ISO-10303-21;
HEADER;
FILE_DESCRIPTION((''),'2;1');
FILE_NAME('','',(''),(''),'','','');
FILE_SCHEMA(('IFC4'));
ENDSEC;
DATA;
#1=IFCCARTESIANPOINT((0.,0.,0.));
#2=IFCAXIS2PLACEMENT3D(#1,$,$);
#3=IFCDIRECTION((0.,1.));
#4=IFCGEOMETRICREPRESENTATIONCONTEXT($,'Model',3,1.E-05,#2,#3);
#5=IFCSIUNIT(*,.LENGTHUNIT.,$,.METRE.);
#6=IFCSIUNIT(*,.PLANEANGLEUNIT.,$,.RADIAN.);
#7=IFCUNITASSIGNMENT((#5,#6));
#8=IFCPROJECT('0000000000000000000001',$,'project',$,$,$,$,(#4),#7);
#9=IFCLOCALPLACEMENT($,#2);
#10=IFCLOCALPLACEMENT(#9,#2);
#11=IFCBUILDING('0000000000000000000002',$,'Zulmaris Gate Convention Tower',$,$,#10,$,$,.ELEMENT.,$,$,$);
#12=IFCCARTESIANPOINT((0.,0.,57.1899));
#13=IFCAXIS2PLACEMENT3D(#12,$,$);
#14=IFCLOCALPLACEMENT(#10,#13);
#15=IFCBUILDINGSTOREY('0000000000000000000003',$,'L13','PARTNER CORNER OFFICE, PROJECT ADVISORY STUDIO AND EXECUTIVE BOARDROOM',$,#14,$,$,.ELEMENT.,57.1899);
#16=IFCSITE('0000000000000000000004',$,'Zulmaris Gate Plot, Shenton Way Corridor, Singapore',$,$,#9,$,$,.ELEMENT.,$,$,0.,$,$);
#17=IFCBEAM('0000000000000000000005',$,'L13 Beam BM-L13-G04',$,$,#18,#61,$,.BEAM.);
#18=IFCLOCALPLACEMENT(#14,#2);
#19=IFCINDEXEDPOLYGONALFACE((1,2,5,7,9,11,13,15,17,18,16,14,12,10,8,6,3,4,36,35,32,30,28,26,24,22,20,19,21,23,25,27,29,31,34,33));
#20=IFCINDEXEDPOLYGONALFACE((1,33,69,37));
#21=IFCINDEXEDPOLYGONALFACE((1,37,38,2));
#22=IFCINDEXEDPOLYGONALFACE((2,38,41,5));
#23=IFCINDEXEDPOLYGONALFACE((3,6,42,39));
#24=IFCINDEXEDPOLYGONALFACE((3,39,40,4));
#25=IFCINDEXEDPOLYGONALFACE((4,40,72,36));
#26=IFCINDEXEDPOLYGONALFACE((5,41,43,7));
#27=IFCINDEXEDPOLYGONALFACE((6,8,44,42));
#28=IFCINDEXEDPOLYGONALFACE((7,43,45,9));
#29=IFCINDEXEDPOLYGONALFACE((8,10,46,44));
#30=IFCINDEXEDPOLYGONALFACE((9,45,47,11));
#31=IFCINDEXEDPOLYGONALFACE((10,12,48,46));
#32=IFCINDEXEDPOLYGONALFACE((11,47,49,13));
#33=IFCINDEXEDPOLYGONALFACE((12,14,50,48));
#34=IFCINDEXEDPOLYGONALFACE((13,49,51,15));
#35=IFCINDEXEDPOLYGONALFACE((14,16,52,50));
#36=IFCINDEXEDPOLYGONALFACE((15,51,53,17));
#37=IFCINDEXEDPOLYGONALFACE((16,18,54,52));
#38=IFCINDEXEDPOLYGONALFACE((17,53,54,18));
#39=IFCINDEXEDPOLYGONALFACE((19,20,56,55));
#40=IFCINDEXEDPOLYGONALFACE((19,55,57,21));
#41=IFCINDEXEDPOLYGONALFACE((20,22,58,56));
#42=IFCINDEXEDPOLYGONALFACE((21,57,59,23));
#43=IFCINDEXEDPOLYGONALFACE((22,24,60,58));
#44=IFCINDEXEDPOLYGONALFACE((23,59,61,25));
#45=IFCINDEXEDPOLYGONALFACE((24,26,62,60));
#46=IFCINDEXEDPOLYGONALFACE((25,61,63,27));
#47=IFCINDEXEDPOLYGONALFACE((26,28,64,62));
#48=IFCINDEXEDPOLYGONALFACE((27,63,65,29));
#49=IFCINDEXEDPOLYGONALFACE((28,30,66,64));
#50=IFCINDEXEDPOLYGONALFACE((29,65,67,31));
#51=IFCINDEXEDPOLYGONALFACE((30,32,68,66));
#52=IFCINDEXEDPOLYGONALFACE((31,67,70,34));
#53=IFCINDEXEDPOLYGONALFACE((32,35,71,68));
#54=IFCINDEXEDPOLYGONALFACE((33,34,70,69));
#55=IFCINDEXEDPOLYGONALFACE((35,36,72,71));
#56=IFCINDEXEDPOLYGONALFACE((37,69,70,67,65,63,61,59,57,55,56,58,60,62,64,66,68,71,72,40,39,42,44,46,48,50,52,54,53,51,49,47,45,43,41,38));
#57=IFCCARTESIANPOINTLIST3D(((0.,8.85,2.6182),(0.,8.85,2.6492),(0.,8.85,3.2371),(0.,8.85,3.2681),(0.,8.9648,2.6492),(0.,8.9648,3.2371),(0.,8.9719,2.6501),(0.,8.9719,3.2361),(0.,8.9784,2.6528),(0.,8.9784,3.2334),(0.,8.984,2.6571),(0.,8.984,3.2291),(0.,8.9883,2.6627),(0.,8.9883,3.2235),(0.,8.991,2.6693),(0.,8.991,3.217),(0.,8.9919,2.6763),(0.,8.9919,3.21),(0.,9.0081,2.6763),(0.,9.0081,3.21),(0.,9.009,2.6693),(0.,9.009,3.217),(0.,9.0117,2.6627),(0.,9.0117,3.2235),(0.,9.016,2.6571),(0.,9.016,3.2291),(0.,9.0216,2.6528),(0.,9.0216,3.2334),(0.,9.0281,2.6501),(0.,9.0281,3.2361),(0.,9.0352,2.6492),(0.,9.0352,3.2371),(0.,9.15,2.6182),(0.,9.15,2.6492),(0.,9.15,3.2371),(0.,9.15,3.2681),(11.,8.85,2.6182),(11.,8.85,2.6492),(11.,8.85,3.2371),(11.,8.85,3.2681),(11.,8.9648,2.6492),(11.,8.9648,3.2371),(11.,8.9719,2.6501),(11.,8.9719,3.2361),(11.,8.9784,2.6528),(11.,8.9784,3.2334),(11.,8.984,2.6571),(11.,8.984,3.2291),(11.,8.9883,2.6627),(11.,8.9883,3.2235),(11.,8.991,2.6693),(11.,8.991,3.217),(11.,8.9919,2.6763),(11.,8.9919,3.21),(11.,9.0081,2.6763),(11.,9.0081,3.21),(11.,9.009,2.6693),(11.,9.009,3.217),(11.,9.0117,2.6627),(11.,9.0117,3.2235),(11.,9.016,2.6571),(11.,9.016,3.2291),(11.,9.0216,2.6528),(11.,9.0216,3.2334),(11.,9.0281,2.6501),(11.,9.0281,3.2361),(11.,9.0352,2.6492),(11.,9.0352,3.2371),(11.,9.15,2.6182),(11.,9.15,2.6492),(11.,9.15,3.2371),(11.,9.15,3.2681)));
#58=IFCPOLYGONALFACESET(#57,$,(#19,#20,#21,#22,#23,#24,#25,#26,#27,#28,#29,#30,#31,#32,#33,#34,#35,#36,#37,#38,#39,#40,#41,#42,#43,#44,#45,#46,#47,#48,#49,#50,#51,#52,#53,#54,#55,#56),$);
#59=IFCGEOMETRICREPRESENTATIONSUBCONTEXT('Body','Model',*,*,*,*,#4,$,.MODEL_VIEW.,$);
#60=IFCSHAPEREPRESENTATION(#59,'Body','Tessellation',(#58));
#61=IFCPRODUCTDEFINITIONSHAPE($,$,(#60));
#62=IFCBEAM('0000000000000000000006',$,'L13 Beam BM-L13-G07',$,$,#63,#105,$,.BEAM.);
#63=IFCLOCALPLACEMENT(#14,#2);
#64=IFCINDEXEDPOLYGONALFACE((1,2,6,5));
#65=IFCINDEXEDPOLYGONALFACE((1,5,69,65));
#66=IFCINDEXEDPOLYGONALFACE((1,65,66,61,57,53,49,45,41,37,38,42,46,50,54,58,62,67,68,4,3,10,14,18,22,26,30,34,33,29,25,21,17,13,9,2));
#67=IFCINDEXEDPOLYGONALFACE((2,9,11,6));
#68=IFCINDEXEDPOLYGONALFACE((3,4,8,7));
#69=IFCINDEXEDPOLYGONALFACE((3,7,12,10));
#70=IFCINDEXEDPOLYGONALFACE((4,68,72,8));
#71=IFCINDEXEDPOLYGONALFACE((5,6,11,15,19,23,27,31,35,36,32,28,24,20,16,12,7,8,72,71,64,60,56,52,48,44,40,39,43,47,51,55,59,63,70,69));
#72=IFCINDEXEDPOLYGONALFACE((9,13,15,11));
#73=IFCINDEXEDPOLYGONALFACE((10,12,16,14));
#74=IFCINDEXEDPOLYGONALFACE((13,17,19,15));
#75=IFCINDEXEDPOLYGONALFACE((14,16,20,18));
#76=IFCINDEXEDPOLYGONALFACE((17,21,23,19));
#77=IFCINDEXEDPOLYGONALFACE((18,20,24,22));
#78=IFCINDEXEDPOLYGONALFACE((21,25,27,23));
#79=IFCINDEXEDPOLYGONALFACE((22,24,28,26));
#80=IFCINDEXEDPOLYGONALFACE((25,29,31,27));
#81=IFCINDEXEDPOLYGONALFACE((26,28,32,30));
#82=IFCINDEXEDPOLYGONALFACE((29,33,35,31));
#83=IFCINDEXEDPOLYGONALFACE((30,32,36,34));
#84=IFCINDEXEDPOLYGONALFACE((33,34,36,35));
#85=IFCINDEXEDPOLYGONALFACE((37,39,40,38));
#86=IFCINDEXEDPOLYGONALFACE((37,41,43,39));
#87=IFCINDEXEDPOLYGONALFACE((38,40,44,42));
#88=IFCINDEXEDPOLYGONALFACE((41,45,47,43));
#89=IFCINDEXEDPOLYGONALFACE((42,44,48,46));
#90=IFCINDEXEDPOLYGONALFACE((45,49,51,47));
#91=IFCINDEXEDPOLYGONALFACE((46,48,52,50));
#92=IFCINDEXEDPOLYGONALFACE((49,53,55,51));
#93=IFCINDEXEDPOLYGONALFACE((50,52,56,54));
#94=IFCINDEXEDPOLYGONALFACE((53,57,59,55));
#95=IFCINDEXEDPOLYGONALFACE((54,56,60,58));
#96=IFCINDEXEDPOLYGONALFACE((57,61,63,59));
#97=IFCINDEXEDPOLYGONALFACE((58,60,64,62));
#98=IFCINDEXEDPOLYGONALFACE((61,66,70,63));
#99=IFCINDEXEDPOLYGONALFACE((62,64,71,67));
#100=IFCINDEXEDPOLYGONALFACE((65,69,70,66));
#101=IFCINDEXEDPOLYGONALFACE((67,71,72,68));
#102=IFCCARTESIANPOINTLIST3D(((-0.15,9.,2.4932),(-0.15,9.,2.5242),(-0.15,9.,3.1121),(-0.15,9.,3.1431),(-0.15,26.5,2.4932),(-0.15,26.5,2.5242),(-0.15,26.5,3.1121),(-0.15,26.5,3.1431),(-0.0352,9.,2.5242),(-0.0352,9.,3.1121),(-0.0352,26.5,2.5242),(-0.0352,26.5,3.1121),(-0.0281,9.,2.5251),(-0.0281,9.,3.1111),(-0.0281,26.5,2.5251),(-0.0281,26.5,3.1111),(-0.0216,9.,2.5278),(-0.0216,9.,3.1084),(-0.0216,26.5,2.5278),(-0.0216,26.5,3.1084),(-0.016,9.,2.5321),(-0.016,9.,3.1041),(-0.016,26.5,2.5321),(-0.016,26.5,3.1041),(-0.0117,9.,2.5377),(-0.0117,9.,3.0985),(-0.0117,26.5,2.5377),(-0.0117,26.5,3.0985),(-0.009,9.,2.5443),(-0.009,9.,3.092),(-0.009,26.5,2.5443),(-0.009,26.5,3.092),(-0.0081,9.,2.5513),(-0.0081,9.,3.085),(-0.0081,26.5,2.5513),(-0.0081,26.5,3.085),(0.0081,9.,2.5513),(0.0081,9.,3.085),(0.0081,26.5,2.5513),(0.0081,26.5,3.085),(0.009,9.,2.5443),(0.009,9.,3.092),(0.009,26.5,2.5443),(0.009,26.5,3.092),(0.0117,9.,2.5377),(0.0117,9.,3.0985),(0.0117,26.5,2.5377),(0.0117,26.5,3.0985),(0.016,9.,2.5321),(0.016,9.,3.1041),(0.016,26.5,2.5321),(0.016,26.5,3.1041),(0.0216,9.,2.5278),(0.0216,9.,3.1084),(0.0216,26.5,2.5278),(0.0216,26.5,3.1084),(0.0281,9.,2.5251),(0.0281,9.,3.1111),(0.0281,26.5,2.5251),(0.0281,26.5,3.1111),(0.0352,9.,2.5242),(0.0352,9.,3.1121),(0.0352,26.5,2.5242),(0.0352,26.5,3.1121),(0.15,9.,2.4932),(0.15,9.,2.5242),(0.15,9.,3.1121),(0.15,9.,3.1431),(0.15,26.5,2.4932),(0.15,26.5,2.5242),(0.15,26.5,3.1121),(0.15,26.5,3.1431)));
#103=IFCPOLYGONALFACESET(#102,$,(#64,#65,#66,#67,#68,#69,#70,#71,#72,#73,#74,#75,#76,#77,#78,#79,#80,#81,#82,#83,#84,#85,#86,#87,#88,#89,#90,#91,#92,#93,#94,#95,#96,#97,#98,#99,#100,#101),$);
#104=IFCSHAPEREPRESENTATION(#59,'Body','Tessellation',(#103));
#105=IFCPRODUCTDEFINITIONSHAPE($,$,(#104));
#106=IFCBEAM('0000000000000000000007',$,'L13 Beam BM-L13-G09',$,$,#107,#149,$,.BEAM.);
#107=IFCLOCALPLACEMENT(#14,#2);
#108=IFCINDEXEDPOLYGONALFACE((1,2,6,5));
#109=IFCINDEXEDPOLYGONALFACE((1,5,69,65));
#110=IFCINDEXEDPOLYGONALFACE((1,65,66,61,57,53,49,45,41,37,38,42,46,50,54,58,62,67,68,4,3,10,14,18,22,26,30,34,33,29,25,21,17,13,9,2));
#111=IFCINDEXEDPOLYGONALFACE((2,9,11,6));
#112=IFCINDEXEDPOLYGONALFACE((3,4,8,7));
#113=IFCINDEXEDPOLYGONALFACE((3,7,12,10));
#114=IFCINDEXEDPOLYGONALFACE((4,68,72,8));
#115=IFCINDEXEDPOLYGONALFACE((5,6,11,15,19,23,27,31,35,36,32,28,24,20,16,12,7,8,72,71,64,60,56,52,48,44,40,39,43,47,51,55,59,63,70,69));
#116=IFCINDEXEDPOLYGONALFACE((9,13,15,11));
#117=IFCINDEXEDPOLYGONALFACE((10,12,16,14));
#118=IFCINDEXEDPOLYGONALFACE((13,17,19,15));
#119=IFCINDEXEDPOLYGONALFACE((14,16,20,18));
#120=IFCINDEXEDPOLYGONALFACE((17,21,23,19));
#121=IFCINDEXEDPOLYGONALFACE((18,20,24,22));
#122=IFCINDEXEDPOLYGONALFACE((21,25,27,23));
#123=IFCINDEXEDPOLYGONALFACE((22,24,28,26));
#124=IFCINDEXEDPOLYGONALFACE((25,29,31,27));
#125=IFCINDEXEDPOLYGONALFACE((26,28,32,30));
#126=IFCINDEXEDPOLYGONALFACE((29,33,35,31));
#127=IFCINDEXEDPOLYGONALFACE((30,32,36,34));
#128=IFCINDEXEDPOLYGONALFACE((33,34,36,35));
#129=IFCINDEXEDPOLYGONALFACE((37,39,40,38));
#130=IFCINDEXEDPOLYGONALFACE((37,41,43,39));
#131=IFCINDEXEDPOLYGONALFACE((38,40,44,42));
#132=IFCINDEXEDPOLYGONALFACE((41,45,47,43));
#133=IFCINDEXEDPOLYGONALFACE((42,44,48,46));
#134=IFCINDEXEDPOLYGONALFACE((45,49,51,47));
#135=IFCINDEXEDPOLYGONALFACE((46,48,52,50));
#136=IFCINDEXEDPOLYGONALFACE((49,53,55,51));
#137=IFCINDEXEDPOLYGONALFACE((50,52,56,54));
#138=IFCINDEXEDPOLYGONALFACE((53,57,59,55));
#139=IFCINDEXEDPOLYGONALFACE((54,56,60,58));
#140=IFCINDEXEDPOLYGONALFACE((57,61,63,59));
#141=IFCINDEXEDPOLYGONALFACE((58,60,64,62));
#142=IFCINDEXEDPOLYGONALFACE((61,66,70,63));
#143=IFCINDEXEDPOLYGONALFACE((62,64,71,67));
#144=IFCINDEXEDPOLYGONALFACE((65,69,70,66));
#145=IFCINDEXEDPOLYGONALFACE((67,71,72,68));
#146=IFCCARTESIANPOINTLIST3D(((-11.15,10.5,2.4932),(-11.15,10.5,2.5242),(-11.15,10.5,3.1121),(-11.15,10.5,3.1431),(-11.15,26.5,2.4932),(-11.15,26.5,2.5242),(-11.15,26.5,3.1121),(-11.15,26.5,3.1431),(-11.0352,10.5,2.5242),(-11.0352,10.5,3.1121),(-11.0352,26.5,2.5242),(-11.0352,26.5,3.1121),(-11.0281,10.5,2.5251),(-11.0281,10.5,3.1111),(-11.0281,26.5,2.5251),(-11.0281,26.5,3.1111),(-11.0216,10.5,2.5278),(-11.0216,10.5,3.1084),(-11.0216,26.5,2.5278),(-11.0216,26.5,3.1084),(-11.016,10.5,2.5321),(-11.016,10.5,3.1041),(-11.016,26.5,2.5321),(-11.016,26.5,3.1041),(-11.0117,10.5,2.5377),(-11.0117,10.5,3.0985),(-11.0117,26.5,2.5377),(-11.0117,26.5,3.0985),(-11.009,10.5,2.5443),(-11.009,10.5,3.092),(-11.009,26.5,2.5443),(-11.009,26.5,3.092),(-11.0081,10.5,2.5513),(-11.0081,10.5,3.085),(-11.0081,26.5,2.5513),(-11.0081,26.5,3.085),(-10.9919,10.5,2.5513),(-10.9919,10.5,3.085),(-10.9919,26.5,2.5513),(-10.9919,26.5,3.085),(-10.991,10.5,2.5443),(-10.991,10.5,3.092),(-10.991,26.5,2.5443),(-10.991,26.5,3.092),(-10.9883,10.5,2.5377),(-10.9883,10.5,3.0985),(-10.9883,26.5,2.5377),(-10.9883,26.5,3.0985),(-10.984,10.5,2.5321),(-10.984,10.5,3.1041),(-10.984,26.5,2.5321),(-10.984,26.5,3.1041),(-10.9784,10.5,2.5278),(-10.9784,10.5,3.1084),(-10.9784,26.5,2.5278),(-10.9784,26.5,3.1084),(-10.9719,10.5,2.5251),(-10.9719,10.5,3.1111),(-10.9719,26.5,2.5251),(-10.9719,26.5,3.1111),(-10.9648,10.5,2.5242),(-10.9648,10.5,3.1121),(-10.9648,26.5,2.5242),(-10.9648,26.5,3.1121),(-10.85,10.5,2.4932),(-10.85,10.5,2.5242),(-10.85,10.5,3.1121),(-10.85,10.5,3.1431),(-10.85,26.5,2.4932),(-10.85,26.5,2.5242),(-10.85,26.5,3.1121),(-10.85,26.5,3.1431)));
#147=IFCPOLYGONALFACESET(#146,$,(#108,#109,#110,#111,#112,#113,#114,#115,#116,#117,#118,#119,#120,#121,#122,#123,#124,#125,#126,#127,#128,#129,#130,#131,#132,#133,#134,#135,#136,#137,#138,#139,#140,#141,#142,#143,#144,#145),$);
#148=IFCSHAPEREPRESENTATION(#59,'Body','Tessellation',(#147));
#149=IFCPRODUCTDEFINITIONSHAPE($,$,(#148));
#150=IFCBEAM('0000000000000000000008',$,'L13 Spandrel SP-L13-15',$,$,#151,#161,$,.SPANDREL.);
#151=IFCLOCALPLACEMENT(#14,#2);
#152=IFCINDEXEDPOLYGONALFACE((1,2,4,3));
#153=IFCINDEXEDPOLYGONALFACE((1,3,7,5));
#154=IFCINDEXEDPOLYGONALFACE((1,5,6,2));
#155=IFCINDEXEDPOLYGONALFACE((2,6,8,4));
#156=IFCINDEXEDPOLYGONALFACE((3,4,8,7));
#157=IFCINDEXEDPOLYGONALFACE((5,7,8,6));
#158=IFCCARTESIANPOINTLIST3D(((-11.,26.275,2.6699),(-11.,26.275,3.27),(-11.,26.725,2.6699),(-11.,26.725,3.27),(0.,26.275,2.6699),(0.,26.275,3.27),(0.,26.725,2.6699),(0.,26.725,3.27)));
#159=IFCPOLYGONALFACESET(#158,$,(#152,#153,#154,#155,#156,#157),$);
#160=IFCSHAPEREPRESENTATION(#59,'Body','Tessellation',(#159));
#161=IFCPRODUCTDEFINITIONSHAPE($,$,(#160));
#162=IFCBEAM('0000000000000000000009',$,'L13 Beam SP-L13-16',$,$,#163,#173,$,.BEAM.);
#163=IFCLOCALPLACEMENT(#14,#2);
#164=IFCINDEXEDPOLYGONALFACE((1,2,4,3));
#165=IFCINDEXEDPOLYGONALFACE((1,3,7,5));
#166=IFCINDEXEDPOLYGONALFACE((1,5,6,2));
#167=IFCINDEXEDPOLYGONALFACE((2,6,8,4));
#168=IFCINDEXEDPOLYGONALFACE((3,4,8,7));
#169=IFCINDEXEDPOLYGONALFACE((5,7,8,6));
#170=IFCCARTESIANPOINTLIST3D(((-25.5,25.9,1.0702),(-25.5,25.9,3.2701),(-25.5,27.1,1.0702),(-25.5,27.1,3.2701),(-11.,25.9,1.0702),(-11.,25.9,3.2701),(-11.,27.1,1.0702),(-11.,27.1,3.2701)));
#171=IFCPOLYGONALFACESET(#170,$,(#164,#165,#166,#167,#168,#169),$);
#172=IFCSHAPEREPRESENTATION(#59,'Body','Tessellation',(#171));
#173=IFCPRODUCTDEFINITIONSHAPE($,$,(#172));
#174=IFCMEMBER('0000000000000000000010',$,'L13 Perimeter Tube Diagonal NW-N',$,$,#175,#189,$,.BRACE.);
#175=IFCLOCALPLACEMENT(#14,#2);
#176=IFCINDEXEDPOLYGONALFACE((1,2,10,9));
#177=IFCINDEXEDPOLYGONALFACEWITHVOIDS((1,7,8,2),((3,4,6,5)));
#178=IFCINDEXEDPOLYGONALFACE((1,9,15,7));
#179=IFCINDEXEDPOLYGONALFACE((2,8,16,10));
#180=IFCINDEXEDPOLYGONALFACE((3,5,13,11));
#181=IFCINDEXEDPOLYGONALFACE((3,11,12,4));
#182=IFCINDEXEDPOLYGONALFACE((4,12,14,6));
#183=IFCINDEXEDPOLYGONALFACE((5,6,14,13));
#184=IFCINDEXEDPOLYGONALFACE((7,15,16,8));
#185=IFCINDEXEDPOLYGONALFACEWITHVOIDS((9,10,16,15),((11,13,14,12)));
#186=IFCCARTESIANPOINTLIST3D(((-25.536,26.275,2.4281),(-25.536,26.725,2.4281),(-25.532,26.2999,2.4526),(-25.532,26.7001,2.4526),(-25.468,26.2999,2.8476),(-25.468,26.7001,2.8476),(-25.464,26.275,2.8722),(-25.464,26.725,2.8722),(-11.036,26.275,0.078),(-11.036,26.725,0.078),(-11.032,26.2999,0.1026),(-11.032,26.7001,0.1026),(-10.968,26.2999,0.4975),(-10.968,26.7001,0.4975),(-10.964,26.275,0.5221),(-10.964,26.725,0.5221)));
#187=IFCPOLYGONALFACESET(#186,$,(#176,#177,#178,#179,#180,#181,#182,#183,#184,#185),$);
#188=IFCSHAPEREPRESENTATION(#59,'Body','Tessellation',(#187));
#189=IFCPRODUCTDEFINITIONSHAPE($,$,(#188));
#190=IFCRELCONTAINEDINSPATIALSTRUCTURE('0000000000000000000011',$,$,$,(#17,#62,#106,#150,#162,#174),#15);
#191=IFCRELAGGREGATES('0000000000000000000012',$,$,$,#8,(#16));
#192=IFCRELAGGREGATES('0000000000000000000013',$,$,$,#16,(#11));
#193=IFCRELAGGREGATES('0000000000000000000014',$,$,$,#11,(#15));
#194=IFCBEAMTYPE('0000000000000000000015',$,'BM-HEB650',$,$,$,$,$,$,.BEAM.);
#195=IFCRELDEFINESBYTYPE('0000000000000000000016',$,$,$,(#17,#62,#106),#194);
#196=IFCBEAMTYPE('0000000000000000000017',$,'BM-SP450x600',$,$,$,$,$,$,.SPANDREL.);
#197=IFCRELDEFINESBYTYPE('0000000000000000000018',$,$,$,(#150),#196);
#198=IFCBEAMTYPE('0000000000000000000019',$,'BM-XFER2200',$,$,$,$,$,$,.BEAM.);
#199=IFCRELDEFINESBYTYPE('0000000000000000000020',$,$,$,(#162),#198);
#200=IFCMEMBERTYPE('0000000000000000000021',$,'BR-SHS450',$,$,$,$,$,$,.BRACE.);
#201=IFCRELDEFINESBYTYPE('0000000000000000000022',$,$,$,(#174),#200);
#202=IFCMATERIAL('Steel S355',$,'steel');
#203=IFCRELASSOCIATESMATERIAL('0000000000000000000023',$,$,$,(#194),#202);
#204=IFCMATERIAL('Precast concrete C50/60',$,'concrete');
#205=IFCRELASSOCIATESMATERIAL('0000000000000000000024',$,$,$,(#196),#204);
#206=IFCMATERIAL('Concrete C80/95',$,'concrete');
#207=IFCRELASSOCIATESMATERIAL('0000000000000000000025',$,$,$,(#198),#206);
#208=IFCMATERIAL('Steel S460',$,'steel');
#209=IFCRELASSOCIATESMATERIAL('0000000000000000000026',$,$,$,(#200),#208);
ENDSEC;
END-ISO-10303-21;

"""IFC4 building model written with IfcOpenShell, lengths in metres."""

from ifc_helpers import new_model, si_unit, direction, frame, origin, origin_2d, place, context, subcontext, project, spatial, rectangle, hollow_rectangle, i_section, extrude, material, material_profile, profile_set, type_object, element, save


model = new_model("IFC4")

# Units and contexts
model_context = context("Model", 3, precision=1e-05, world=origin(), true_north=direction((0.0, 1.0)))
body_context = subcontext(model_context, "Body", "Model", "MODEL_VIEW")
ifc_project = project(units=[si_unit("LENGTHUNIT", "METRE"), si_unit("PLANEANGLEUNIT", "RADIAN")], contexts=[model_context])

# Site, building, storey
site_placement = place(None, origin())
site = spatial("IfcSite", under=ifc_project, at=site_placement, Name="Zulmaris Gate Plot, Shenton Way Corridor, Singapore", CompositionType="ELEMENT", RefElevation=0.0)
building_placement = place(site_placement, origin())
building = spatial("IfcBuilding", under=site, at=building_placement, Name="Zulmaris Gate Convention Tower", CompositionType="ELEMENT")
storey_placement = place(building_placement, frame((0.0, 0.0, 57.1899)))
storey = spatial("IfcBuildingStorey", under=building, at=storey_placement, Name="L13", Description="PARTNER CORNER OFFICE, PROJECT ADVISORY STUDIO AND EXECUTIVE BOARDROOM", CompositionType="ELEMENT", Elevation=57.1899)

# Shared definitions
ifc_material_1 = material(Name="Concrete C80/95", Category="concrete")

# Beams
ifc_material_2 = material(Name="Steel S355", Category="steel")
ifc_material_profile_1 = material_profile(ifc_material_2, i_section(OverallWidth=0.3, OverallDepth=0.6499, WebThickness=0.0161, FlangeThickness=0.031, FilletRadius=0.0271, at=origin_2d()), Name="HEB 650")
ifc_profile_set_1 = profile_set([ifc_material_profile_1], Name="Steel S355")
beam_type_1 = type_object("IfcBeamType", Name="BM-HEB650", PredefinedType="BEAM", material=ifc_profile_set_1)
for number, where, z_axis, x_axis, name in (
    (1, (0.0, 9.0, 2.9431), (1.0, 0.0, 0.0), (0.0, 1.0, 0.0), "L13 Beam BM-L13-G04"),
):
    element("IfcBeam", number, at=place(storey_placement, frame(where, z_axis=z_axis, x_axis=x_axis)), inside=storey, type_object=beam_type_1, Name=name, PredefinedType="BEAM", context=body_context, shape_type="SweptSolid", body=[
        extrude(i_section(OverallWidth=0.3, OverallDepth=0.6499, WebThickness=0.0161, FlangeThickness=0.031, FilletRadius=0.0271, at=origin_2d()), origin(), (0.0, 0.0, 1.0), 11.0),
    ])
beam_1_placement = place(storey_placement, frame((0.0, 9.0, 2.8181), z_axis=(0.0, 1.0, 0.0), x_axis=(-1.0, 0.0, 0.0)))
element("IfcBeam", 2, at=beam_1_placement, inside=storey, type_object=beam_type_1, Name="L13 Beam BM-L13-G07", PredefinedType="BEAM", context=body_context, shape_type="SweptSolid", body=[
    extrude(i_section(OverallWidth=0.3, OverallDepth=0.6499, WebThickness=0.0161, FlangeThickness=0.031, FilletRadius=0.0271, at=origin_2d()), origin(), (0.0, 0.0, 1.0), 17.5),
])
beam_2_placement = place(storey_placement, frame((-11.0, 10.5, 2.8181), z_axis=(0.0, 1.0, 0.0), x_axis=(-1.0, 0.0, 0.0)))
element("IfcBeam", 3, at=beam_2_placement, inside=storey, type_object=beam_type_1, Name="L13 Beam BM-L13-G09", PredefinedType="BEAM", context=body_context, shape_type="SweptSolid", body=[
    extrude(i_section(OverallWidth=0.3, OverallDepth=0.6499, WebThickness=0.0161, FlangeThickness=0.031, FilletRadius=0.0271, at=origin_2d()), origin(), (0.0, 0.0, 1.0), 16.0),
])
ifc_material_3 = material(Name="Precast concrete C50/60", Category="concrete")
ifc_material_profile_2 = material_profile(ifc_material_3, rectangle(XDim=0.45, YDim=0.6001, at=origin_2d()), Name="RC SPANDREL 450x600")
ifc_profile_set_2 = profile_set([ifc_material_profile_2], Name="Precast concrete C50/60")
beam_type_2 = type_object("IfcBeamType", Name="BM-SP450x600", PredefinedType="SPANDREL", material=ifc_profile_set_2)
beam_3_placement = place(storey_placement, frame((0.0, 26.5, 2.97), z_axis=(-1.0, 0.0, 0.0), x_axis=(0.0, -1.0, 0.0)))
element("IfcBeam", 4, at=beam_3_placement, inside=storey, type_object=beam_type_2, Name="L13 Spandrel SP-L13-15", PredefinedType="SPANDREL", context=body_context, shape_type="SweptSolid", body=[
    extrude(rectangle(XDim=0.45, YDim=0.6001, at=origin_2d()), origin(), (0.0, 0.0, 1.0), 11.0),
])
ifc_material_profile_3 = material_profile(ifc_material_1, rectangle(XDim=1.2, YDim=2.2, at=origin_2d()), Name="RC TRANSFER 1200x2200")
ifc_profile_set_3 = profile_set([ifc_material_profile_3], Name="Concrete C80/95")
beam_type_3 = type_object("IfcBeamType", Name="BM-XFER2200", PredefinedType="BEAM", material=ifc_profile_set_3)
beam_4_placement = place(storey_placement, frame((-11.0, 26.5, 2.1702), z_axis=(-1.0, 0.0, 0.0), x_axis=(0.0, -1.0, 0.0)))
element("IfcBeam", 5, at=beam_4_placement, inside=storey, type_object=beam_type_3, Name="L13 Beam SP-L13-16", PredefinedType="BEAM", context=body_context, shape_type="SweptSolid", body=[
    extrude(rectangle(XDim=1.2, YDim=2.2, at=origin_2d()), origin(), (0.0, 0.0, 1.0), 14.5),
])

# Member
ifc_material_4 = material(Name="Steel S460", Category="steel")
ifc_material_profile_4 = material_profile(ifc_material_4, hollow_rectangle(XDim=0.45, YDim=0.45, WallThickness=0.0249, at=origin_2d()), Name="SHS 450x450x25")
ifc_profile_set_4 = profile_set([ifc_material_profile_4], Name="Steel S460")
member_type = type_object("IfcMemberType", Name="BR-SHS450", PredefinedType="BRACE", material=ifc_profile_set_4)
member_placement = place(storey_placement, frame((-11.0, 26.5, 0.3), z_axis=(-0.987119, 0.0, 0.159988), x_axis=(0.0, -1.0, 0.0)))
element("IfcMember", 6, at=member_placement, inside=storey, type_object=member_type, Name="L13 Perimeter Tube Diagonal NW-N", PredefinedType="BRACE", context=body_context, shape_type="SweptSolid", body=[
    extrude(hollow_rectangle(XDim=0.45, YDim=0.45, WallThickness=0.0249, at=origin_2d()), origin(), (0.0, 0.0, 1.0), 14.6892),
])

save(model, "model.ifc")
